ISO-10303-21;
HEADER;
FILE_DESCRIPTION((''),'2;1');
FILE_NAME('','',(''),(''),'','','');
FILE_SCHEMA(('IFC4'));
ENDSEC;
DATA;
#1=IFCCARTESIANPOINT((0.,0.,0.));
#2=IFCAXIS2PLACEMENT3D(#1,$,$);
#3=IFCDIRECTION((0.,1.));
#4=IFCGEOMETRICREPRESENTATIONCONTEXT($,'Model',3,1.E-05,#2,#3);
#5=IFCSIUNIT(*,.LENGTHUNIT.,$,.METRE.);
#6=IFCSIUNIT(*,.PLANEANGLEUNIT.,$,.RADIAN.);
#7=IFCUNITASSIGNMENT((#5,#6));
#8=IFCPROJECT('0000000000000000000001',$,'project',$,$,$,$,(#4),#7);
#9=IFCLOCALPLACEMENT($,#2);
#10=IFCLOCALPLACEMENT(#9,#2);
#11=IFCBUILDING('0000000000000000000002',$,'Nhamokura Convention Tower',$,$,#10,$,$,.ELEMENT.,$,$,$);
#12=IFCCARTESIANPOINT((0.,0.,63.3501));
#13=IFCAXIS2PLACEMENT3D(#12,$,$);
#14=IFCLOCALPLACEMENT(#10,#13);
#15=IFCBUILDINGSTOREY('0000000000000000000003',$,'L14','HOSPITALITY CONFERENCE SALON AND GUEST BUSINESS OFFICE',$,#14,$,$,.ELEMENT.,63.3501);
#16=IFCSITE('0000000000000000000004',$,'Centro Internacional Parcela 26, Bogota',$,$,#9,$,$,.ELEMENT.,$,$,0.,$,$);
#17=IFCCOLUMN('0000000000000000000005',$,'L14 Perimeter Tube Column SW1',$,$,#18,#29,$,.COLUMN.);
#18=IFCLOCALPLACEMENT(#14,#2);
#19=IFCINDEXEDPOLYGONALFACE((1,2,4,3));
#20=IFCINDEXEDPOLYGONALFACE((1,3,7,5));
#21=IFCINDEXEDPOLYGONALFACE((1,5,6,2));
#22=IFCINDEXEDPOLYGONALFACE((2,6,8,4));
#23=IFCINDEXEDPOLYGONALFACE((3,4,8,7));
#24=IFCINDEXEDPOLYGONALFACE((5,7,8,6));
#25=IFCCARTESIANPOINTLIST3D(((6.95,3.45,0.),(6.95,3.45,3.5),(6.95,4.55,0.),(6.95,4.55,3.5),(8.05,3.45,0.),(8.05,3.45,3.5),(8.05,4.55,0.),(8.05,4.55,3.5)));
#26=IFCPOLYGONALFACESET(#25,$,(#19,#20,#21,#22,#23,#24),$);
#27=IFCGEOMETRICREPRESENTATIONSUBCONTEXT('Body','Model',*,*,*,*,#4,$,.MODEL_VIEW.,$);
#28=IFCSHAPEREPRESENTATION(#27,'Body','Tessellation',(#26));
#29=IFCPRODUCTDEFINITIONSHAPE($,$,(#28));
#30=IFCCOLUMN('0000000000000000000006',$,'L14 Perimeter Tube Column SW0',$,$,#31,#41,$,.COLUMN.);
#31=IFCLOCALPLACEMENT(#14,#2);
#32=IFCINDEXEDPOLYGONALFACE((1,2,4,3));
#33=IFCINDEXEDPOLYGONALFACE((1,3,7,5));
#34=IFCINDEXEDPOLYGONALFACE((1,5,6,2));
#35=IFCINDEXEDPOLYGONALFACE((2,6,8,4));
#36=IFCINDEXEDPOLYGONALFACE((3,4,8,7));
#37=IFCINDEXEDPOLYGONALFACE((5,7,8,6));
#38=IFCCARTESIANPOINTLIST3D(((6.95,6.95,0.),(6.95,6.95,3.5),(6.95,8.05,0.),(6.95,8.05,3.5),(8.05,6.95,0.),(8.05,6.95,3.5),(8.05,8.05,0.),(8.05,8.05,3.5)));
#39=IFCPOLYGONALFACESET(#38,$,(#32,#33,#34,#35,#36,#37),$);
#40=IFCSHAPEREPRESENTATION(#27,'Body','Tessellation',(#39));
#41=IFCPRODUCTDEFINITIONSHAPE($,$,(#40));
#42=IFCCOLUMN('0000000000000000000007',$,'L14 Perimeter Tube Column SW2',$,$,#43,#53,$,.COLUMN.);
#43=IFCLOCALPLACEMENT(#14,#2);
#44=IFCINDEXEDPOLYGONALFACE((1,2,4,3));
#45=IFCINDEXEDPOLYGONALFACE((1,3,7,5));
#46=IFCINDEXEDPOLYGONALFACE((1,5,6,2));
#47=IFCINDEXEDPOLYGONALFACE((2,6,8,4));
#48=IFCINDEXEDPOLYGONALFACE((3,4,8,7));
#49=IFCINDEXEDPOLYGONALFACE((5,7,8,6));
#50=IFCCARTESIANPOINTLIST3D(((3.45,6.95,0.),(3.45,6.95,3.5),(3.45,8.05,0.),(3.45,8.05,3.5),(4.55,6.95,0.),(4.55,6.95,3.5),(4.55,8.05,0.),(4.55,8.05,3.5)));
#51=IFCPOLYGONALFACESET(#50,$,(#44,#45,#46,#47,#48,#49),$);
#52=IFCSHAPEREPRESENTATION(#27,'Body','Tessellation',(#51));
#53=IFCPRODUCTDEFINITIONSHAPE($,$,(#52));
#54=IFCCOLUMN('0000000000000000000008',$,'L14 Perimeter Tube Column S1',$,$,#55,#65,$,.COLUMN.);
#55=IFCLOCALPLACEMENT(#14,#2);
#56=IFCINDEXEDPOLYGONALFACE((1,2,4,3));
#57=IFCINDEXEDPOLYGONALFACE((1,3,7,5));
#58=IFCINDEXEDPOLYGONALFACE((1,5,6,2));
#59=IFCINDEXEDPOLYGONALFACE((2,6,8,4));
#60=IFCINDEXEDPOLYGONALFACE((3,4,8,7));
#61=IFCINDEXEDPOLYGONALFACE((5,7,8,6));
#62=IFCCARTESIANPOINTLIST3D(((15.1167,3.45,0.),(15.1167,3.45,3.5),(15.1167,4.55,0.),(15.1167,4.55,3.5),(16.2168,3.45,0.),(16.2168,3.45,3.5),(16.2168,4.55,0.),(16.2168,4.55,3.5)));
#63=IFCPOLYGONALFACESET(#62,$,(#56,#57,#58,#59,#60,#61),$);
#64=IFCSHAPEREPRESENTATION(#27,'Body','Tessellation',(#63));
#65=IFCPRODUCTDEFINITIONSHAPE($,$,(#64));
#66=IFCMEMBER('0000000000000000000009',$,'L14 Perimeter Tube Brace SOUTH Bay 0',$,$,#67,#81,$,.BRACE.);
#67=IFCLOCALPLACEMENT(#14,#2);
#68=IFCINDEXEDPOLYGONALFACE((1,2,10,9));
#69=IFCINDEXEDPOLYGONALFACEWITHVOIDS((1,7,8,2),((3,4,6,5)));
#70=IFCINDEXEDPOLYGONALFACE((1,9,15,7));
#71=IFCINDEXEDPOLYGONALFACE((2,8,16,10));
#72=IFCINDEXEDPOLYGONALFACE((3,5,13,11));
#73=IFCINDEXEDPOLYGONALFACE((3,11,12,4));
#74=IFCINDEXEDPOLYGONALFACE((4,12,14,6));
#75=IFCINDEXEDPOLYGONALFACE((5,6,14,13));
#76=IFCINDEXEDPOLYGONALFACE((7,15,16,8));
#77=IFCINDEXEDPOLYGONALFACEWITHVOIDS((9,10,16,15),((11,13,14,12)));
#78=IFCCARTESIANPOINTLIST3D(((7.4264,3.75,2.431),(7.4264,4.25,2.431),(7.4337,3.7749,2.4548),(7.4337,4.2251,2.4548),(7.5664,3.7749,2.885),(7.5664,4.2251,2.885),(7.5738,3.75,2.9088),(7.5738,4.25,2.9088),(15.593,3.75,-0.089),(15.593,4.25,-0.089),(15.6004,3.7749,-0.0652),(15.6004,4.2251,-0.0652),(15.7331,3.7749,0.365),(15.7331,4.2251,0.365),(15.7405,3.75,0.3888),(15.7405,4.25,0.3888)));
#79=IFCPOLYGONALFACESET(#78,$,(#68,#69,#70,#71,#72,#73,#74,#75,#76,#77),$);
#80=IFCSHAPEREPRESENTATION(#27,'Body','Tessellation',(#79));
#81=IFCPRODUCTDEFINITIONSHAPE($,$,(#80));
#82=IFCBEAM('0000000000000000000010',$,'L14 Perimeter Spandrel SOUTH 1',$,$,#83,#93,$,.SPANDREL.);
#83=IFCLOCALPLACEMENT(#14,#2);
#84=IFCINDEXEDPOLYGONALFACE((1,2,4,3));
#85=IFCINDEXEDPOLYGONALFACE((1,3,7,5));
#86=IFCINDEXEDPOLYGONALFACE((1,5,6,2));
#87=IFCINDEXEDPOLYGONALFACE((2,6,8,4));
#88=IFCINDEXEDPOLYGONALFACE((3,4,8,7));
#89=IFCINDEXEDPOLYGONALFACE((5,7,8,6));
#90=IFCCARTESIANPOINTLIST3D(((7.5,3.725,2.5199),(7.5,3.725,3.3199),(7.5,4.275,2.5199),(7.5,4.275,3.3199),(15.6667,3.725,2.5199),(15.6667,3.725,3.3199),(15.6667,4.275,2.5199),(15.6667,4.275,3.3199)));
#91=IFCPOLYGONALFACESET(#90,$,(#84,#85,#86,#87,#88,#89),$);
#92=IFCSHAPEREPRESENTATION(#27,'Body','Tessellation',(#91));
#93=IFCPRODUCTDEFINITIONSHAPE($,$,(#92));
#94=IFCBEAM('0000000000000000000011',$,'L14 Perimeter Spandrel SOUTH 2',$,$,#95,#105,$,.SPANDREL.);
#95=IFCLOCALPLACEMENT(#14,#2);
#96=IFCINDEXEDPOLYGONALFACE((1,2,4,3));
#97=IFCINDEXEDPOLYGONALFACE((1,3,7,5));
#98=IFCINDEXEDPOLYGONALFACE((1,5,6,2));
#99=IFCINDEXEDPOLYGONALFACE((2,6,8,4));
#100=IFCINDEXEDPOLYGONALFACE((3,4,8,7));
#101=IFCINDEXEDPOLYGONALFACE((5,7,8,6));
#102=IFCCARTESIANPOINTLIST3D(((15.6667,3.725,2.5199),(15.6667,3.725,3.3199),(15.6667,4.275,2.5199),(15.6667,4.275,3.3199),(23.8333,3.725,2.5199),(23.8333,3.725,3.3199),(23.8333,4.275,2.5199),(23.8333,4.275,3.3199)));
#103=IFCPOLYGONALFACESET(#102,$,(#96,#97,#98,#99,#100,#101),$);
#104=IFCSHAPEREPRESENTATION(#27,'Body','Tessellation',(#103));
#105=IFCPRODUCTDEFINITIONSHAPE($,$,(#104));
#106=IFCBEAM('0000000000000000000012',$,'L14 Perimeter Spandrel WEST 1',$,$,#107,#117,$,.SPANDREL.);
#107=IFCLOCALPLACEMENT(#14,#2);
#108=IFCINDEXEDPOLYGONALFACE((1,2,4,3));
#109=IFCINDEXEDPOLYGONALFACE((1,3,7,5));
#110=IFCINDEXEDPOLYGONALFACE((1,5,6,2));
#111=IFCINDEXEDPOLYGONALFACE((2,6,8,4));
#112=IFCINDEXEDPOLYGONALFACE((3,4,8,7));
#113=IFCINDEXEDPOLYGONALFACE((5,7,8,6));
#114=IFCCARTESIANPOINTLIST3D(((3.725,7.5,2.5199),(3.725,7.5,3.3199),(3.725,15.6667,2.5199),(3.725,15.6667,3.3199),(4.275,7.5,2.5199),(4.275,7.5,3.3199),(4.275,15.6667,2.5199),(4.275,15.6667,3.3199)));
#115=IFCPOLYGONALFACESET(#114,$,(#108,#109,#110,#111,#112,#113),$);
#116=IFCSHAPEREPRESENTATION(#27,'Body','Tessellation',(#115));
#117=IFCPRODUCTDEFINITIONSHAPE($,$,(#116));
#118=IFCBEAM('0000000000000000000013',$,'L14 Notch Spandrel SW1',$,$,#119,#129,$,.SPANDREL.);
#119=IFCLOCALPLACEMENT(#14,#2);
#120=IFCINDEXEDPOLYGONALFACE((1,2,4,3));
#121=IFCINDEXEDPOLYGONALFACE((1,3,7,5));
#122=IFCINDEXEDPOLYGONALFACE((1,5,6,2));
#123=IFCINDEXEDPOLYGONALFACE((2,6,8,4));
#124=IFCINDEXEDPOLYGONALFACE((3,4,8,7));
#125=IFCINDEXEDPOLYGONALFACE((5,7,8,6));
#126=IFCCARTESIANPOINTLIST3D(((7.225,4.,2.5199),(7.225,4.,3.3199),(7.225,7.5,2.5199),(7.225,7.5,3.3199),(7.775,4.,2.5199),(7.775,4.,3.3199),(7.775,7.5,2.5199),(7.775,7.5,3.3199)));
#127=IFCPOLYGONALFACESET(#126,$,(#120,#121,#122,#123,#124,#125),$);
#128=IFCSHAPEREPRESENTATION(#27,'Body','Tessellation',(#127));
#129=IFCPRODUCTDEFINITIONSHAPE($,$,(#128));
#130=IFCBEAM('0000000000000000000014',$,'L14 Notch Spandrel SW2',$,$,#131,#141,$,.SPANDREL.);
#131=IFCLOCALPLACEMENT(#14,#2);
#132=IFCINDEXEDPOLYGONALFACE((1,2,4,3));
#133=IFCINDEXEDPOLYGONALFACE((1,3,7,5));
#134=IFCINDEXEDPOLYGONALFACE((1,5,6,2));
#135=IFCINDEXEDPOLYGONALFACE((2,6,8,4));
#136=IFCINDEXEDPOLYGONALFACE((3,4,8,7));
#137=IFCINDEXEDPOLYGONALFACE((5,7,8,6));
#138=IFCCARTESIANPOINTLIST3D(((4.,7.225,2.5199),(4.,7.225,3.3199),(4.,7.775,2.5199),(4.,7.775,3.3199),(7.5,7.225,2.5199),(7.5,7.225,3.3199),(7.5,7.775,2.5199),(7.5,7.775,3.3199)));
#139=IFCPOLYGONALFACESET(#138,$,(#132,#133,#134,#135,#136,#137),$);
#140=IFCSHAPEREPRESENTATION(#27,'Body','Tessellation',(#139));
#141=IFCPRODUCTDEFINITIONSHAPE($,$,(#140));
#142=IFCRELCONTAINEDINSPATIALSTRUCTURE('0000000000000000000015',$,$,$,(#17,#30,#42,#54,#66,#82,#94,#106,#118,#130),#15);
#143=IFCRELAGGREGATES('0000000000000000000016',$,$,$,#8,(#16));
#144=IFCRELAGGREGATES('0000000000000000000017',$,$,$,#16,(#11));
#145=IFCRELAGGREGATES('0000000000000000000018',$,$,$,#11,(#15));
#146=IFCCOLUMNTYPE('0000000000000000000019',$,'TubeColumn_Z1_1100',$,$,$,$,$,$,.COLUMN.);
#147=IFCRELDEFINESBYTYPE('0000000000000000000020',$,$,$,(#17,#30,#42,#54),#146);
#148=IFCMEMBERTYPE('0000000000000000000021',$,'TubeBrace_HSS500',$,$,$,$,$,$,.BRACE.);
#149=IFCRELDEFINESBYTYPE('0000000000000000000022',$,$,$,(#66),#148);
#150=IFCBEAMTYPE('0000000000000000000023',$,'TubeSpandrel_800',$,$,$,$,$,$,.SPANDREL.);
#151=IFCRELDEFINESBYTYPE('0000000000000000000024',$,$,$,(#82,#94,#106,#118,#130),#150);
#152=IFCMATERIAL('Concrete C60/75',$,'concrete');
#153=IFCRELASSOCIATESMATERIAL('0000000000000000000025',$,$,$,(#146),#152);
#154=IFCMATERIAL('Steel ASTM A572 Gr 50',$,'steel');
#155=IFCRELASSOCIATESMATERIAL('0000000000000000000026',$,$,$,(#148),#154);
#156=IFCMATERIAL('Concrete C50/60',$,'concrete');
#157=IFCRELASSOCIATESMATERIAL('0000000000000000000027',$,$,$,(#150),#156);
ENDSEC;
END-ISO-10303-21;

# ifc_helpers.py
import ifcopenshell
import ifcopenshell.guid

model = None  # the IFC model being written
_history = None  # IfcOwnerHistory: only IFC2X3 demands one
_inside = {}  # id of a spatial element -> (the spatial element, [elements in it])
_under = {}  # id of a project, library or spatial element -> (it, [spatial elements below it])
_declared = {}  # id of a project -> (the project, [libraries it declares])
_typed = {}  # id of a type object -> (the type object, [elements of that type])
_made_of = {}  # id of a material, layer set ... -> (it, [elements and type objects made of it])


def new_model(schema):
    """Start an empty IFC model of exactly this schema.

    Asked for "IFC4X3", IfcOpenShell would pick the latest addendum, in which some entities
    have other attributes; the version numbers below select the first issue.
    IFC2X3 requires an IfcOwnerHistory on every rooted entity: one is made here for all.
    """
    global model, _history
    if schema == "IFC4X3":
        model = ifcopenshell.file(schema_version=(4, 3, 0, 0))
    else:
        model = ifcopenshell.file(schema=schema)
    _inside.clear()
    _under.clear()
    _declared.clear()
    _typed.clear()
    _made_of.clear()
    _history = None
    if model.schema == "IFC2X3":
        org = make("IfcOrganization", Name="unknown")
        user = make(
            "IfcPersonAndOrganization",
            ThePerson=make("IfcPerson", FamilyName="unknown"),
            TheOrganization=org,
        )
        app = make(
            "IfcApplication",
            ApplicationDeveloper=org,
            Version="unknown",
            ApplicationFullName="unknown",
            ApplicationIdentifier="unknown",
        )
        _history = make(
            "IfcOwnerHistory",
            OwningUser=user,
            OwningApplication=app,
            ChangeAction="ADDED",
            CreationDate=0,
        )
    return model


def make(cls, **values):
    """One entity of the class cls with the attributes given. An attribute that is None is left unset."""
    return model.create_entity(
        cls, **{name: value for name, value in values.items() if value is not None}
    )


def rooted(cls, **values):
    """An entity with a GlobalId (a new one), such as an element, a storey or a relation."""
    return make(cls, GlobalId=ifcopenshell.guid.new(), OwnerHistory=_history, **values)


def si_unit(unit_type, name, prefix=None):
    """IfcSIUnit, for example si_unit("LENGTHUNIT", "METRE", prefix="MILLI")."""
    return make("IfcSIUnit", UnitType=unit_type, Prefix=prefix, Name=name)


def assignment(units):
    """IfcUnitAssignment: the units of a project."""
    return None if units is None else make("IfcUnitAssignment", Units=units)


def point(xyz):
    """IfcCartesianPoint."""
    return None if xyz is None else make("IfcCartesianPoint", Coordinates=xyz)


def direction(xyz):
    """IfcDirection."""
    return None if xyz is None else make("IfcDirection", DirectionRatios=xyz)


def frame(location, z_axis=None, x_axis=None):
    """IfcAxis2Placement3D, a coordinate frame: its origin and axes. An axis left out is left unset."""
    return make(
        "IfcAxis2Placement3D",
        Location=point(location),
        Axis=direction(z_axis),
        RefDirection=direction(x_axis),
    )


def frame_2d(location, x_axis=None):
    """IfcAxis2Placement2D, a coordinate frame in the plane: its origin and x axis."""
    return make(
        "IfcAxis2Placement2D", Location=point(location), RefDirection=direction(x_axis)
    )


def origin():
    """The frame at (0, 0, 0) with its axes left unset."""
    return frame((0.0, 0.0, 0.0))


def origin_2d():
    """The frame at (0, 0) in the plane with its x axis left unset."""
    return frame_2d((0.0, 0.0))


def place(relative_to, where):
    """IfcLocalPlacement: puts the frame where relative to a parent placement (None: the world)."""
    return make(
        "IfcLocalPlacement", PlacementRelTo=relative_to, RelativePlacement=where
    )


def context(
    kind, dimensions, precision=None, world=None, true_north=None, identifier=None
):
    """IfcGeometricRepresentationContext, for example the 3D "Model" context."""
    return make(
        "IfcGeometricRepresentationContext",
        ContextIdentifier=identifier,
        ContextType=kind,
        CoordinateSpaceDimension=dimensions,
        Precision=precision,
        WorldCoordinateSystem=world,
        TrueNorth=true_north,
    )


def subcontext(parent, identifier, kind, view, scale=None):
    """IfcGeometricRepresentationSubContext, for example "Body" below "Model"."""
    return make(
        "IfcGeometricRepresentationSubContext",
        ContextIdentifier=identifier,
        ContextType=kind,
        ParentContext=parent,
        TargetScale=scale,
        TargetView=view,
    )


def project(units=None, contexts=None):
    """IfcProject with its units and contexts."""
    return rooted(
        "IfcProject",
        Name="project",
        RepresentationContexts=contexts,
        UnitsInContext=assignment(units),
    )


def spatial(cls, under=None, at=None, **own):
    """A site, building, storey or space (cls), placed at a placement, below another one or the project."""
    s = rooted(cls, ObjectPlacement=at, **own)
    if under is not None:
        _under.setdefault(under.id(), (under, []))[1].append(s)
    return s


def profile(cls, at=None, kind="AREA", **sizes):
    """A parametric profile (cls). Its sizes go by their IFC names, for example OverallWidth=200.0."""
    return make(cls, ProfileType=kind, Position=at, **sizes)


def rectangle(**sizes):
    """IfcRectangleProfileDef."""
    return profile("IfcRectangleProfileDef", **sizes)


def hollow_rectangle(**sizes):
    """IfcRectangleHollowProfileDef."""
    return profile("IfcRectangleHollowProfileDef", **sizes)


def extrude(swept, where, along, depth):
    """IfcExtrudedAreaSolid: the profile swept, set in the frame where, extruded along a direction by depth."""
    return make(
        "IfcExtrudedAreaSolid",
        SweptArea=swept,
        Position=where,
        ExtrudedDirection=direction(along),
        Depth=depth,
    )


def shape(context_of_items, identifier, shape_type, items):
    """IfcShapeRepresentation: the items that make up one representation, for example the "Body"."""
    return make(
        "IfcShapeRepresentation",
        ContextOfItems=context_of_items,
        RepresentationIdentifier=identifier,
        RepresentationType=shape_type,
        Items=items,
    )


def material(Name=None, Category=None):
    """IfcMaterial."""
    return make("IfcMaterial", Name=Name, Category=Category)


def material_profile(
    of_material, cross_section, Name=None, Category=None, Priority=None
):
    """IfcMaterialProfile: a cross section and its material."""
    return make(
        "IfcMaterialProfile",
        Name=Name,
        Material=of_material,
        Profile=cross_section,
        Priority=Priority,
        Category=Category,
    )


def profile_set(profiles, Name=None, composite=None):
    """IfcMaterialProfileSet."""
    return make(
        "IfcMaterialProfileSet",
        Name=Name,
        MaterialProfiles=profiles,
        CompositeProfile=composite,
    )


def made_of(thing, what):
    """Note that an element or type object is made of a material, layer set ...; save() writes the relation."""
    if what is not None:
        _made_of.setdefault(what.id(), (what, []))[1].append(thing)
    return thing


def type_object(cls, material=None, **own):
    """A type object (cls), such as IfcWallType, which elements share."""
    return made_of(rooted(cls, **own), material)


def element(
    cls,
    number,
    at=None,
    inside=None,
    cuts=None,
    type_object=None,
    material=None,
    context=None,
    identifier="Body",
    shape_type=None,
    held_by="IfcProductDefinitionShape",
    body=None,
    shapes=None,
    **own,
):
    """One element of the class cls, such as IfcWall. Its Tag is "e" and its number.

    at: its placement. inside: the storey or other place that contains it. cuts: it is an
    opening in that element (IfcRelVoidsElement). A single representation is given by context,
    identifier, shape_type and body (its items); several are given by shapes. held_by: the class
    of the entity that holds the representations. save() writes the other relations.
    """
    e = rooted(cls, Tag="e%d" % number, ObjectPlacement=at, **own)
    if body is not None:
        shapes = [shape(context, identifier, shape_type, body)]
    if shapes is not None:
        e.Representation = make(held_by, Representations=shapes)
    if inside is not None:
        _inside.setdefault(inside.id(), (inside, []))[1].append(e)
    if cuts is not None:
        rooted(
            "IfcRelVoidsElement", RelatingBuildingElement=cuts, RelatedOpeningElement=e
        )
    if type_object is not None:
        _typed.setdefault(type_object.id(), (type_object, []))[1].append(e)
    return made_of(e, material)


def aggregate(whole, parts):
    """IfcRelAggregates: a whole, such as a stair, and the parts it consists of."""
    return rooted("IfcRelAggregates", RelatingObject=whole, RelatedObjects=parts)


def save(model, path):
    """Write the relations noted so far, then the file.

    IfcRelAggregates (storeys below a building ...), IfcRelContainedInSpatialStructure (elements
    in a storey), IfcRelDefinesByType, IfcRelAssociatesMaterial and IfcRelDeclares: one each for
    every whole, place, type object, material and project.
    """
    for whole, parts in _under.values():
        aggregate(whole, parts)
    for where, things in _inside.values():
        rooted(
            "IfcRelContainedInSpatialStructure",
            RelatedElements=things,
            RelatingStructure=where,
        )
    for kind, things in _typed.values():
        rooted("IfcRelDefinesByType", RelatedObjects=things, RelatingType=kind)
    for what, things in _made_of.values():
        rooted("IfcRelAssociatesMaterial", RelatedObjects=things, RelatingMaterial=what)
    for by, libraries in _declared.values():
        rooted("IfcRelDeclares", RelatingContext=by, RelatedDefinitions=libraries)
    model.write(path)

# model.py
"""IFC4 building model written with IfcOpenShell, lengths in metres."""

from ifc_helpers import new_model, si_unit, direction, frame, origin, origin_2d, place, context, subcontext, project, spatial, rectangle, hollow_rectangle, extrude, material, material_profile, profile_set, type_object, element, save


model = new_model("IFC4")

# Units and contexts
model_context = context("Model", 3, precision=1e-05, world=origin(), true_north=direction((0.0, 1.0)))
body_context = subcontext(model_context, "Body", "Model", "MODEL_VIEW")
ifc_project = project(units=[si_unit("LENGTHUNIT", "METRE"), si_unit("PLANEANGLEUNIT", "RADIAN")], contexts=[model_context])

# Site, building, storey
site_placement = place(None, origin())
site = spatial("IfcSite", under=ifc_project, at=site_placement, Name="Centro Internacional Parcela 26, Bogota", CompositionType="ELEMENT", RefElevation=0.0)
building_placement = place(site_placement, origin())
building = spatial("IfcBuilding", under=site, at=building_placement, Name="Nhamokura Convention Tower", CompositionType="ELEMENT")
storey_placement = place(building_placement, frame((0.0, 0.0, 63.3501)))
storey = spatial("IfcBuildingStorey", under=building, at=storey_placement, Name="L14", Description="HOSPITALITY CONFERENCE SALON AND GUEST BUSINESS OFFICE", CompositionType="ELEMENT", Elevation=63.3501)

# Columns
ifc_material_1 = material(Name="Concrete C60/75", Category="concrete")
ifc_material_profile_1 = material_profile(ifc_material_1, rectangle(XDim=1.1001, YDim=1.1001, at=origin_2d()))
ifc_profile_set_1 = profile_set([ifc_material_profile_1], Name="Concrete C60/75")
column_type = type_object("IfcColumnType", Name="TubeColumn_Z1_1100", PredefinedType="COLUMN", material=ifc_profile_set_1)
for number, where, z_axis, x_axis, name in (
    (1, (7.5, 4.0, 0.0), (0.0, 0.0, 1.0), (1.0, 0.0, 0.0), "L14 Perimeter Tube Column SW1"),
    (2, (7.5, 7.5, 0.0), (0.0, 0.0, 1.0), (1.0, 0.0, 0.0), "L14 Perimeter Tube Column SW0"),
    (3, (4.0, 7.5, 0.0), (0.0, 0.0, 1.0), (1.0, 0.0, 0.0), "L14 Perimeter Tube Column SW2"),
    (4, (15.6667, 4.0, 0.0), (0.0, 0.0, 1.0), (1.0, 0.0, 0.0), "L14 Perimeter Tube Column S1"),
):
    element("IfcColumn", number, at=place(storey_placement, frame(where, z_axis=z_axis, x_axis=x_axis)), inside=storey, type_object=column_type, Name=name, PredefinedType="COLUMN", context=body_context, shape_type="SweptSolid", body=[
        extrude(rectangle(XDim=1.1001, YDim=1.1001, at=origin_2d()), origin(), (0.0, 0.0, 1.0), 3.5),
    ])

# Member
ifc_material_2 = material(Name="Steel ASTM A572 Gr 50", Category="steel")
ifc_material_profile_2 = material_profile(ifc_material_2, hollow_rectangle(XDim=0.5, YDim=0.5, WallThickness=0.0249, at=origin_2d()))
ifc_profile_set_2 = profile_set([ifc_material_profile_2], Name="Steel ASTM A572 Gr 50")
member_type = type_object("IfcMemberType", Name="TubeBrace_HSS500", PredefinedType="BRACE", material=ifc_profile_set_2)
member_placement = place(storey_placement, frame((15.6667, 4.0, 0.1499), z_axis=(-0.955543, 0.0, 0.294853), x_axis=(0.0, -1.0, 0.0)))
element("IfcMember", 5, at=member_placement, inside=storey, type_object=member_type, Name="L14 Perimeter Tube Brace SOUTH Bay 0", PredefinedType="BRACE", context=body_context, shape_type="SweptSolid", body=[
    extrude(hollow_rectangle(XDim=0.5, YDim=0.5, WallThickness=0.0249, at=origin_2d()), origin(), (0.0, 0.0, 1.0), 8.5466),
])

# Beams
ifc_material_3 = material(Name="Concrete C50/60", Category="concrete")
ifc_material_profile_3 = material_profile(ifc_material_3, rectangle(XDim=0.55, YDim=0.8, at=origin_2d()))
ifc_profile_set_3 = profile_set([ifc_material_profile_3], Name="Concrete C50/60")
beam_type = type_object("IfcBeamType", Name="TubeSpandrel_800", PredefinedType="SPANDREL", material=ifc_profile_set_3)
beam_1_placement = place(storey_placement, frame((7.5, 4.0, 2.9199), z_axis=(1.0, 0.0, 0.0), x_axis=(0.0, 1.0, 0.0)))
element("IfcBeam", 6, at=beam_1_placement, inside=storey, type_object=beam_type, Name="L14 Perimeter Spandrel SOUTH 1", PredefinedType="SPANDREL", context=body_context, shape_type="SweptSolid", body=[
    extrude(rectangle(XDim=0.55, YDim=0.8, at=origin_2d()), origin(), (0.0, 0.0, 1.0), 8.1667),
])
beam_2_placement = place(storey_placement, frame((15.6667, 4.0, 2.9199), z_axis=(1.0, 0.0, 0.0), x_axis=(0.0, 1.0, 0.0)))
element("IfcBeam", 7, at=beam_2_placement, inside=storey, type_object=beam_type, Name="L14 Perimeter Spandrel SOUTH 2", PredefinedType="SPANDREL", context=body_context, shape_type="SweptSolid", body=[
    extrude(rectangle(XDim=0.55, YDim=0.8, at=origin_2d()), origin(), (0.0, 0.0, 1.0), 8.1665),
])
beam_3_placement = place(storey_placement, frame((4.0, 7.5, 2.9199), z_axis=(0.0, 1.0, 0.0), x_axis=(-1.0, 0.0, 0.0)))
element("IfcBeam", 8, at=beam_3_placement, inside=storey, type_object=beam_type, Name="L14 Perimeter Spandrel WEST 1", PredefinedType="SPANDREL", context=body_context, shape_type="SweptSolid", body=[
    extrude(rectangle(XDim=0.55, YDim=0.8, at=origin_2d()), origin(), (0.0, 0.0, 1.0), 8.1667),
])
for number, where, z_axis, x_axis, name in (
    (9, (7.5, 4.0, 2.9199), (0.0, 1.0, 0.0), (-1.0, 0.0, 0.0), "L14 Notch Spandrel SW1"),
    (10, (7.5, 7.5, 2.9199), (-1.0, 0.0, 0.0), (0.0, -1.0, 0.0), "L14 Notch Spandrel SW2"),
):
    element("IfcBeam", number, at=place(storey_placement, frame(where, z_axis=z_axis, x_axis=x_axis)), inside=storey, type_object=beam_type, Name=name, PredefinedType="SPANDREL", context=body_context, shape_type="SweptSolid", body=[
        extrude(rectangle(XDim=0.55, YDim=0.8, at=origin_2d()), origin(), (0.0, 0.0, 1.0), 3.5),
    ])

save(model, "model.ifc")
